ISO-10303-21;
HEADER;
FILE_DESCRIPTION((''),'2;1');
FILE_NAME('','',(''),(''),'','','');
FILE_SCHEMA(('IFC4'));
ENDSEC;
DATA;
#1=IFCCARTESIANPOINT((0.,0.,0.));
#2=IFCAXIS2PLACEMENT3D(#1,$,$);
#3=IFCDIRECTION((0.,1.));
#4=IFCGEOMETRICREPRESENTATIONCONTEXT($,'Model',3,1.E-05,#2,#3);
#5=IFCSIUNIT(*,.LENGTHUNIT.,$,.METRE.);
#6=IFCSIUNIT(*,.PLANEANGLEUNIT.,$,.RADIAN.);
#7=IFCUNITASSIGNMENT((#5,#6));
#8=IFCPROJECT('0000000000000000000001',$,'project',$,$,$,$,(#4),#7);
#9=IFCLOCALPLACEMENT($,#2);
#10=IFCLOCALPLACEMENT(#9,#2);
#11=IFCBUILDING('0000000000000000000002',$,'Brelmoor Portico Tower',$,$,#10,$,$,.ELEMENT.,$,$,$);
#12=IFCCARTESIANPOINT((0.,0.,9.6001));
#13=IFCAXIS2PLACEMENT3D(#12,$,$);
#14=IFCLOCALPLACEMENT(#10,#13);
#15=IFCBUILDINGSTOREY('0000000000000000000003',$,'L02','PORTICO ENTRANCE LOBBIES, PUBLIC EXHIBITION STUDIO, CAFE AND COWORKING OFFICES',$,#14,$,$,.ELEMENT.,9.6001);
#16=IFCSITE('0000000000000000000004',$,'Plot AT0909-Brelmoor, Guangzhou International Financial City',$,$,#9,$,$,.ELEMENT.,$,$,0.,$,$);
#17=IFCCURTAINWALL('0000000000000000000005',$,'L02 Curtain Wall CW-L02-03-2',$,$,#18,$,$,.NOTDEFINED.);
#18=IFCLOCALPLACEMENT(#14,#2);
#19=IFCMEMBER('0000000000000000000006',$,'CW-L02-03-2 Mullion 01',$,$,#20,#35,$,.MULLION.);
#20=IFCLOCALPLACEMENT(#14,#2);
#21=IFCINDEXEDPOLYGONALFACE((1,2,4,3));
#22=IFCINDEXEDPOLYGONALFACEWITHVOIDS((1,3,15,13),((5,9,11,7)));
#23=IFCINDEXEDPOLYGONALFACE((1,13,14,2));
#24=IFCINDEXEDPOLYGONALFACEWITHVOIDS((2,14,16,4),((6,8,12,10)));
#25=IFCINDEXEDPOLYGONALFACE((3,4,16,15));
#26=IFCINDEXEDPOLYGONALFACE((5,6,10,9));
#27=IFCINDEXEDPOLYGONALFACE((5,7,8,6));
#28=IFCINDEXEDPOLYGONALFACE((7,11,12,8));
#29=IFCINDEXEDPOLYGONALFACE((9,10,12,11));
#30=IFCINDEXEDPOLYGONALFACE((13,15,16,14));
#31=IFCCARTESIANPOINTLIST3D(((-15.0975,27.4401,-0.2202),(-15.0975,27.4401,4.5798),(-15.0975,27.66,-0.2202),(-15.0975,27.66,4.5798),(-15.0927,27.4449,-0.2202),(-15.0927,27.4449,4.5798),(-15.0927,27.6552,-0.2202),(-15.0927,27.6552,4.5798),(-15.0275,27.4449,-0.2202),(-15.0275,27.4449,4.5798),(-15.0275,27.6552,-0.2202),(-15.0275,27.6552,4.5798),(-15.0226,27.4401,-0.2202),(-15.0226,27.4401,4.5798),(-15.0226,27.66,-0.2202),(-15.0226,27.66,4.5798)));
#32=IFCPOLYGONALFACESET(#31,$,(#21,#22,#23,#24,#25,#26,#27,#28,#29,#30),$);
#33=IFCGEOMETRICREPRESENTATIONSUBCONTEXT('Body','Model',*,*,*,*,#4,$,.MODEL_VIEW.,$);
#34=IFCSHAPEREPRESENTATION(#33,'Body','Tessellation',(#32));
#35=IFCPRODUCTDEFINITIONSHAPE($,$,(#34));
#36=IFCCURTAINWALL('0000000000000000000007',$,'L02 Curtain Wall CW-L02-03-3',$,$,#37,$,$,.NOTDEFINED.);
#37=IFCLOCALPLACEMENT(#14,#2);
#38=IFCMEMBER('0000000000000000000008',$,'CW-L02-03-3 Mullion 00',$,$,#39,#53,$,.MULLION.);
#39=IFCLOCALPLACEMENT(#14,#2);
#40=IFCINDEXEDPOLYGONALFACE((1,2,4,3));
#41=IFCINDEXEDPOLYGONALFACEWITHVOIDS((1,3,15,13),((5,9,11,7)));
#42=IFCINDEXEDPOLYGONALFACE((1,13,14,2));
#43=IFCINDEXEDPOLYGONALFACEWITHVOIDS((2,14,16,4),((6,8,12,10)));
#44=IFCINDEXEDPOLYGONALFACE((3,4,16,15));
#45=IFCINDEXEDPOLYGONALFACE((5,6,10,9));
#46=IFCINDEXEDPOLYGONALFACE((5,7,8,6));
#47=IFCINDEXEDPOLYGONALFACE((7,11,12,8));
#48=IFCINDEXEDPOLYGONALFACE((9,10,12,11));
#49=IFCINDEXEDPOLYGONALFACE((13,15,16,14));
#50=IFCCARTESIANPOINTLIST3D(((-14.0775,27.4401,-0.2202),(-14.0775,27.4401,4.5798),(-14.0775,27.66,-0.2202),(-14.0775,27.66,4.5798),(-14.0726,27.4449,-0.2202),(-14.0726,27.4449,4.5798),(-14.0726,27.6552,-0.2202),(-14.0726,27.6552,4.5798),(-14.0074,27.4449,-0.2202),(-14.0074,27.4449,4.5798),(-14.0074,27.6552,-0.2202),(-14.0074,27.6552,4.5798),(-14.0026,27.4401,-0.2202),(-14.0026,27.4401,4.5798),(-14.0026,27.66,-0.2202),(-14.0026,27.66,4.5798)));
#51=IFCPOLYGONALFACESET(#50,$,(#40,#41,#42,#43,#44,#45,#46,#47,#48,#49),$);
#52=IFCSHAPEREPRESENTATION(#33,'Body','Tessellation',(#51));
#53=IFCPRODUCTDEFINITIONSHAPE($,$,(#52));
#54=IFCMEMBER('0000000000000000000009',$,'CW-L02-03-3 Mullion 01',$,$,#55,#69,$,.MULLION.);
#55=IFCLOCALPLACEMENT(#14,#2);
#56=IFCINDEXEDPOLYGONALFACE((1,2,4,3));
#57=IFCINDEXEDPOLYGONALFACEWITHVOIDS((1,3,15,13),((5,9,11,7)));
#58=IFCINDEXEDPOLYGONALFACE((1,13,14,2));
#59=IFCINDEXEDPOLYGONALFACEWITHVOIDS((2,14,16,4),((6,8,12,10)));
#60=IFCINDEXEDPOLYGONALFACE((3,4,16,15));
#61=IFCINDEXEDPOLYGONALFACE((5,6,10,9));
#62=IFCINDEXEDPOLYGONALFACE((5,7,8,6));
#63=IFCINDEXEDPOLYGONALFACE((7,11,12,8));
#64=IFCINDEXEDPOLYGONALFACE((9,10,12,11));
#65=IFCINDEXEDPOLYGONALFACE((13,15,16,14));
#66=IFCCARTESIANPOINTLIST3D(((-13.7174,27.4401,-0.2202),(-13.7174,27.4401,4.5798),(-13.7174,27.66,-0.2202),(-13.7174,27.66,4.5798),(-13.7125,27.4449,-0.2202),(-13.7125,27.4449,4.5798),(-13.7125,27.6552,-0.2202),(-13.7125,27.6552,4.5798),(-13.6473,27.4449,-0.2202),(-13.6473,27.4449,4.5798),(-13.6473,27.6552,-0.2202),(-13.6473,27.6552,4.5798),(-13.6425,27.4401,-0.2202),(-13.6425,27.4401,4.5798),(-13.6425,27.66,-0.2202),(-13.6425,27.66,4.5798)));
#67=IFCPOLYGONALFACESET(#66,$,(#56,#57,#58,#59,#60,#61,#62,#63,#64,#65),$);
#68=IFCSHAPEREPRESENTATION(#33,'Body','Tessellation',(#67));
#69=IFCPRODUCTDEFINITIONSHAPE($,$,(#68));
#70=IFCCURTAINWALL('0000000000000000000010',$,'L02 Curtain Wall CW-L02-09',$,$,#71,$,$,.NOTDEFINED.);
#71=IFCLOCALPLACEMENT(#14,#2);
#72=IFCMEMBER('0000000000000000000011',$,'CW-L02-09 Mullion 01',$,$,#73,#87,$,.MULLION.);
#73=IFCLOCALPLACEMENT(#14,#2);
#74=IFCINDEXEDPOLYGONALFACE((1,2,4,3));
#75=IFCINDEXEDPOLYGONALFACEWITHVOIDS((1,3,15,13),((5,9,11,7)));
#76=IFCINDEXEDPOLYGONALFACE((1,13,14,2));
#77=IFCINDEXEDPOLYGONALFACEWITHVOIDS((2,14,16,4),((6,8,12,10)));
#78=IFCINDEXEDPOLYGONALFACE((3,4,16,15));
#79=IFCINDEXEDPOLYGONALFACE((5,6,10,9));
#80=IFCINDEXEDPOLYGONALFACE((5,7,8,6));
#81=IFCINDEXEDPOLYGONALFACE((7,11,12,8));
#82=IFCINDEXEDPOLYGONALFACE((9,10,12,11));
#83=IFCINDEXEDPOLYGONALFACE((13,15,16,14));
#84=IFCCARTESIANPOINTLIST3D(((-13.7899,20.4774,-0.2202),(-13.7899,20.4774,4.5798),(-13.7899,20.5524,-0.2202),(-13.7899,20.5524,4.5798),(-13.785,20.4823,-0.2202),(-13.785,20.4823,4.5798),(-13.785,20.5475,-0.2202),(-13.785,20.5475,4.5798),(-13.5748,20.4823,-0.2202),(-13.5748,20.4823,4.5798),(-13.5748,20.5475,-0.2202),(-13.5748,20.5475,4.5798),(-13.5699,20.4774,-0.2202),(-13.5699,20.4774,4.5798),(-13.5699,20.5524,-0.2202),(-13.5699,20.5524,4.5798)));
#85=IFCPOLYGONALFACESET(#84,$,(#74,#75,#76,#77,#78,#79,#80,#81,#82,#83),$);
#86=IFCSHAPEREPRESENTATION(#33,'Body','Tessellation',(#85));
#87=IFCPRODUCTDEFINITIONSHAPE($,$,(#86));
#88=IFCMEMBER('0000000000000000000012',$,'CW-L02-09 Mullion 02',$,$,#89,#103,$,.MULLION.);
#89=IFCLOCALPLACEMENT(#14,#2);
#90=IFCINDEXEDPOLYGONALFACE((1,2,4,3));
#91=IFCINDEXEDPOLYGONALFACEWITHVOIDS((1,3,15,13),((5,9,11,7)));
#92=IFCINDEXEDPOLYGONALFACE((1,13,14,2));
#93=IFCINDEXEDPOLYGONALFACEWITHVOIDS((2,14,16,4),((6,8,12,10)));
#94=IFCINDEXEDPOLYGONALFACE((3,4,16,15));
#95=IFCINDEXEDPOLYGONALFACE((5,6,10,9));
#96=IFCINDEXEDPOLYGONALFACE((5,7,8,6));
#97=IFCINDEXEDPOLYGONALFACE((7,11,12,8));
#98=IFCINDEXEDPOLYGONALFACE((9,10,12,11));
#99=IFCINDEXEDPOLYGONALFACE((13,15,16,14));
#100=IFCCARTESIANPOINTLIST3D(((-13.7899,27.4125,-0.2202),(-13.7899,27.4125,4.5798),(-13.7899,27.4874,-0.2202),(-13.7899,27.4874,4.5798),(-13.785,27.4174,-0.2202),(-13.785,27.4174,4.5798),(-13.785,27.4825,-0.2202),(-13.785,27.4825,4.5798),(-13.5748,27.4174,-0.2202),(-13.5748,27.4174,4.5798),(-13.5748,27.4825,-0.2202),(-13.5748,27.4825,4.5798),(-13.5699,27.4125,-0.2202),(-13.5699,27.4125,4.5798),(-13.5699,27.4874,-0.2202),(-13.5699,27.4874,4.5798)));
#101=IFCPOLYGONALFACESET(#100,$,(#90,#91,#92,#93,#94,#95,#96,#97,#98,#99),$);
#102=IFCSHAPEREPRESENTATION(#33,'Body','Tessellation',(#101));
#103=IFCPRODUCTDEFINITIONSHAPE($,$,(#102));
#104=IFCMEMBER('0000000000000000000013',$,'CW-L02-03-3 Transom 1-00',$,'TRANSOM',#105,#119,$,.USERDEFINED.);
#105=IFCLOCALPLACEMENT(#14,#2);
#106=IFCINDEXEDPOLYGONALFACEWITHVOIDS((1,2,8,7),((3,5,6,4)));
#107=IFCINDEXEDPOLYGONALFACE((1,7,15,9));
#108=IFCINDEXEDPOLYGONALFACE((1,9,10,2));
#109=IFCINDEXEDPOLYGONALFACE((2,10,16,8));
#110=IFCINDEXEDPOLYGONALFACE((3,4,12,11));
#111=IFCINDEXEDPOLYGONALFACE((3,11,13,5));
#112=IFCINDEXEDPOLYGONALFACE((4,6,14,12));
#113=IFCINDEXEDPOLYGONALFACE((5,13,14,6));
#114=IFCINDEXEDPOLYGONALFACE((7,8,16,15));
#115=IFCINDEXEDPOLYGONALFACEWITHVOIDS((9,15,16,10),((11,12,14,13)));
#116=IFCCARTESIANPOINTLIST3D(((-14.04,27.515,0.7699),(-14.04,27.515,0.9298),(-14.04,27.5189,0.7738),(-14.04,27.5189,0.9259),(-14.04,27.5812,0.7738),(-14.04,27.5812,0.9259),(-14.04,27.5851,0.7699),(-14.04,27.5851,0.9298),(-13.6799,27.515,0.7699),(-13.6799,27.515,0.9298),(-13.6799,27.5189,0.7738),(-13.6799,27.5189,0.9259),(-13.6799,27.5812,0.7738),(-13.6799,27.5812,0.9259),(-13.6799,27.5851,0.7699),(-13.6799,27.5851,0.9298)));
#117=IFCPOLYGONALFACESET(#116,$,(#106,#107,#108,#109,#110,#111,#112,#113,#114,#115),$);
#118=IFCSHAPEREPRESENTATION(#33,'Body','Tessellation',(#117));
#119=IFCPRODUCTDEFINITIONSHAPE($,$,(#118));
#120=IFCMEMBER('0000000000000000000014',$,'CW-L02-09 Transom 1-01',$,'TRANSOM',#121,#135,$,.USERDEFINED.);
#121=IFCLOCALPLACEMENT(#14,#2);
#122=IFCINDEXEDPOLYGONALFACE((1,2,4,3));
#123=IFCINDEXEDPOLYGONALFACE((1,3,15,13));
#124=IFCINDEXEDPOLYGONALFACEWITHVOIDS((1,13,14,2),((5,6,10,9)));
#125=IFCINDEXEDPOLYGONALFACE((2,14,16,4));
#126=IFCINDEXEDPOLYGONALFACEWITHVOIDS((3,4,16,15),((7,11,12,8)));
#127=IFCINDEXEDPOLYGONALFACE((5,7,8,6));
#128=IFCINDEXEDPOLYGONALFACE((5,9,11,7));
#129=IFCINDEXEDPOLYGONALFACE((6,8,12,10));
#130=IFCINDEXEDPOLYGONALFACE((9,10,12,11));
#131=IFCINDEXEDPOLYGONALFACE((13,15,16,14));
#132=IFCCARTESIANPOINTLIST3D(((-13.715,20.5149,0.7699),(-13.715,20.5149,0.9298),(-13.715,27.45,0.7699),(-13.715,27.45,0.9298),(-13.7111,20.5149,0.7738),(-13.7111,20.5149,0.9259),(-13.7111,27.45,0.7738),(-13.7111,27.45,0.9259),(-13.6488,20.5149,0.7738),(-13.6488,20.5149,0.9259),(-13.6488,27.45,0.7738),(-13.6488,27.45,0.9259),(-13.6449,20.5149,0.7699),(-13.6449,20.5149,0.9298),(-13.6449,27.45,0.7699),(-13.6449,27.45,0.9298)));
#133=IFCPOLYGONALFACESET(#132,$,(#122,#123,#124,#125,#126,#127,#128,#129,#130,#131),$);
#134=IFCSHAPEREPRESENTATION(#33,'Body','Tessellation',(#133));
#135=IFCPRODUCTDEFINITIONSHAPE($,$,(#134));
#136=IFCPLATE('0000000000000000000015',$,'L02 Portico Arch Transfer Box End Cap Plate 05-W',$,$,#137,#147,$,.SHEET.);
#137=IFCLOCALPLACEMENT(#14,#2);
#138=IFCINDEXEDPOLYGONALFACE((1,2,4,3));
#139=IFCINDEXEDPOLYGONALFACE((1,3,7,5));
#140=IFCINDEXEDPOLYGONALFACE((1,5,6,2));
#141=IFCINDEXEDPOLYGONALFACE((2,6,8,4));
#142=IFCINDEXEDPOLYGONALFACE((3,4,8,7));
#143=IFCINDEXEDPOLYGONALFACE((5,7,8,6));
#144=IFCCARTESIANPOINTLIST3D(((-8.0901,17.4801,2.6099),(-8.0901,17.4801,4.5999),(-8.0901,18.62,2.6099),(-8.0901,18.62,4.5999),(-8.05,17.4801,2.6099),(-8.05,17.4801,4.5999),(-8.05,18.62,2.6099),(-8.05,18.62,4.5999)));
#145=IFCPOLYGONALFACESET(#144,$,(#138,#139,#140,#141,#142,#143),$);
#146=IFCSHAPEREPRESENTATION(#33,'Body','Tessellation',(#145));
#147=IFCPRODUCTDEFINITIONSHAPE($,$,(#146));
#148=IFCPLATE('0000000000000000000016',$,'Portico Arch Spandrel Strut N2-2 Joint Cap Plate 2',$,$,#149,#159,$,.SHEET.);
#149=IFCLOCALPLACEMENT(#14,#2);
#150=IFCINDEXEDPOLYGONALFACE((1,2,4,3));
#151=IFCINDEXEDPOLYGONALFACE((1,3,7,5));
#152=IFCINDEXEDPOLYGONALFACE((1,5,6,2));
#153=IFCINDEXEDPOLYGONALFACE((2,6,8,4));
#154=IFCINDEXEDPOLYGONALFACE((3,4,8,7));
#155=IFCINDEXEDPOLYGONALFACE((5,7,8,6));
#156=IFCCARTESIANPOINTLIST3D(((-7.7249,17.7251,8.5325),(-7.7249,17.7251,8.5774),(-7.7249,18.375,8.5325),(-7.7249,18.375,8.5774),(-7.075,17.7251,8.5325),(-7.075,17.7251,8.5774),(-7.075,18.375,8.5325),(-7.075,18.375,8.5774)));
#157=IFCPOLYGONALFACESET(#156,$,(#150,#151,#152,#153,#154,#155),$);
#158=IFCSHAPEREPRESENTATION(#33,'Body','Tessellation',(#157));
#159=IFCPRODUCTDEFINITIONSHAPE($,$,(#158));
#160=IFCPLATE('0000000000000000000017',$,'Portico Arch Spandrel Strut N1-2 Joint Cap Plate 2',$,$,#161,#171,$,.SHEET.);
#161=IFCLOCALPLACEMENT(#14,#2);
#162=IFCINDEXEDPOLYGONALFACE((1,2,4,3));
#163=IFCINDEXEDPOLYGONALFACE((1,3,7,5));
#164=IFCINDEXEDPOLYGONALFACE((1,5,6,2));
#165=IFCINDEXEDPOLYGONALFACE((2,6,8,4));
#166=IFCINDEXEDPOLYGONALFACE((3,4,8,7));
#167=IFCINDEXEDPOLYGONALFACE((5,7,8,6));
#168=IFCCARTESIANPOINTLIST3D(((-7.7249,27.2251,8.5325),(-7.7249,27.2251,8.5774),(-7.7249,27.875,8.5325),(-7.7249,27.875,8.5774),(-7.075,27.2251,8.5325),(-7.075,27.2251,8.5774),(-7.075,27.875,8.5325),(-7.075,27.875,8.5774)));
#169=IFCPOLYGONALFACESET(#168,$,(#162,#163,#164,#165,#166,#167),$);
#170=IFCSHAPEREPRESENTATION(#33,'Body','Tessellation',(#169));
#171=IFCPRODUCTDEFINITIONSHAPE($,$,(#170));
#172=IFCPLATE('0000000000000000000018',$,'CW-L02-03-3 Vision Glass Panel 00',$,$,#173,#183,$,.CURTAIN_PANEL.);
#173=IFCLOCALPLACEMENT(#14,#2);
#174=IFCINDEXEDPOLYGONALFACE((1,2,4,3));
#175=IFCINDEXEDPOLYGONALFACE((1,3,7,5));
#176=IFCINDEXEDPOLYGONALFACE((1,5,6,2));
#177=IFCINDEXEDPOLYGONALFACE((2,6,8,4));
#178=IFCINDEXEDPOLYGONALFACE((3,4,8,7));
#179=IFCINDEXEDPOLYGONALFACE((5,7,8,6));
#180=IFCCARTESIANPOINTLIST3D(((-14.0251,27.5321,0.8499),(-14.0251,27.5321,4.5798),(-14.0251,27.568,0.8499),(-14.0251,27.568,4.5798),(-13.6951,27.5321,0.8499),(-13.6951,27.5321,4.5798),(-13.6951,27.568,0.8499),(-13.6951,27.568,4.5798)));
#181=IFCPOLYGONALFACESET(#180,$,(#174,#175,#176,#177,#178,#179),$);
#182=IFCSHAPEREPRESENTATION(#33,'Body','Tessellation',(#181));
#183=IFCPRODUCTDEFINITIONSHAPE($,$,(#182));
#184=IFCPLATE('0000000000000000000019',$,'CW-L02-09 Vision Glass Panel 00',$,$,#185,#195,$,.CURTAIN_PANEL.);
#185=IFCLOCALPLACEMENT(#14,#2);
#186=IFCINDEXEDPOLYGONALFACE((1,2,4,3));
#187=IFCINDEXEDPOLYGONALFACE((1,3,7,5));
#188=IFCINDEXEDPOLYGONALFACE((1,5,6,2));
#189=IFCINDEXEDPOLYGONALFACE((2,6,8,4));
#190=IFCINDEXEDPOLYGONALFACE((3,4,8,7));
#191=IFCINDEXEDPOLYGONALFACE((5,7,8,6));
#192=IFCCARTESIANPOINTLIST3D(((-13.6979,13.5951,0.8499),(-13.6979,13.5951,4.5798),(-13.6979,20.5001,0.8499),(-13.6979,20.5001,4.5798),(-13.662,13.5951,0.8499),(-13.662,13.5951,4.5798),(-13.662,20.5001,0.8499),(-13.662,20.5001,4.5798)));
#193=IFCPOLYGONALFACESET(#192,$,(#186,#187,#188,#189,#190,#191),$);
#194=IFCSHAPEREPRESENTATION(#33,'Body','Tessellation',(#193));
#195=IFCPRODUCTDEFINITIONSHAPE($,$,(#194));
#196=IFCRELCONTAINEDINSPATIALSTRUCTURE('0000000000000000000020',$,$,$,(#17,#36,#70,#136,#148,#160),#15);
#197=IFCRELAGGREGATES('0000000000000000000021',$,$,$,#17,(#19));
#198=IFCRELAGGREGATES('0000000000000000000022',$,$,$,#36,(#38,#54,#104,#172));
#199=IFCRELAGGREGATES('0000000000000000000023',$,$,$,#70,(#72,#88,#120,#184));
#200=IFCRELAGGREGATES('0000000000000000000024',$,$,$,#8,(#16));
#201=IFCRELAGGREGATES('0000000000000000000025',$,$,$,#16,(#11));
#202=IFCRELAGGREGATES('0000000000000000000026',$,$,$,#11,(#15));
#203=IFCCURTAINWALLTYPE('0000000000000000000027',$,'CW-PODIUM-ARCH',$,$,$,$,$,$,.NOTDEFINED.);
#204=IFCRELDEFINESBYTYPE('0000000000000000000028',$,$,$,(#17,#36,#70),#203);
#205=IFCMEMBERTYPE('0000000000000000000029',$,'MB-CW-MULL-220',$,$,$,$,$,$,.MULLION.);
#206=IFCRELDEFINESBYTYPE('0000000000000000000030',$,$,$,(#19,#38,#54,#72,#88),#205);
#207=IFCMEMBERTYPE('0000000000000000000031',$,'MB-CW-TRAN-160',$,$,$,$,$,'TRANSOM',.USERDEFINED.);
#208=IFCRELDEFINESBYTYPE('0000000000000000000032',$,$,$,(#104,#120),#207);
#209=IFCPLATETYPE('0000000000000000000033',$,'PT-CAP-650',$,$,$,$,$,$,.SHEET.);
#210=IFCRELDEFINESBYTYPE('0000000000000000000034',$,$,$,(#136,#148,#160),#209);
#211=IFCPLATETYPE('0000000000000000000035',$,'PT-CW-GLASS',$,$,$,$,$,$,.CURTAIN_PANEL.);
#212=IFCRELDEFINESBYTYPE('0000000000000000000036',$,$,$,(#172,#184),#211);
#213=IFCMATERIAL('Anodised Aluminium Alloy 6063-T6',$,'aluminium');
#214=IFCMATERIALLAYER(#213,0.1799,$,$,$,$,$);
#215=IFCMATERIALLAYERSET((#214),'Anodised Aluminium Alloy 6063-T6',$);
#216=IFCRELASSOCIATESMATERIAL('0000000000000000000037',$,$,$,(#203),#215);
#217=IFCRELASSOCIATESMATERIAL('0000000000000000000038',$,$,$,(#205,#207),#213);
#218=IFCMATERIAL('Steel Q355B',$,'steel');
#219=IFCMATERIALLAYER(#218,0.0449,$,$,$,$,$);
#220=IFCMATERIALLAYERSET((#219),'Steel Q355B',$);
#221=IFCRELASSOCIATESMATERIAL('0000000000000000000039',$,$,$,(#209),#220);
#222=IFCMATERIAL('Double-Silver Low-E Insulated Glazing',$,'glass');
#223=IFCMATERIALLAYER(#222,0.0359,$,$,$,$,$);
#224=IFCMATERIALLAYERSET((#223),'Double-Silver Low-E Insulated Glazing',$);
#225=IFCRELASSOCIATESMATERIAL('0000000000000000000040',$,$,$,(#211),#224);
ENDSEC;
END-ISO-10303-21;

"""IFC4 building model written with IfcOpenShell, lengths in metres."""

from ifc_helpers import new_model, si_unit, direction, frame, origin, origin_2d, place, context, subcontext, project, spatial, rectangle, hollow_rectangle, extrude, material, layer, layer_set, material_profile, profile_set, type_object, element, aggregate, save


model = new_model("IFC4")

# Units and contexts
model_context = context("Model", 3, precision=1e-05, world=origin(), true_north=direction((0.0, 1.0)))
body_context = subcontext(model_context, "Body", "Model", "MODEL_VIEW")
ifc_project = project(units=[si_unit("LENGTHUNIT", "METRE"), si_unit("PLANEANGLEUNIT", "RADIAN")], contexts=[model_context])

# Site, building, storey
site_placement = place(None, origin())
site = spatial("IfcSite", under=ifc_project, at=site_placement, Name="Plot AT0909-Brelmoor, Guangzhou International Financial City", CompositionType="ELEMENT", RefElevation=0.0)
building_placement = place(site_placement, origin())
building = spatial("IfcBuilding", under=site, at=building_placement, Name="Brelmoor Portico Tower", CompositionType="ELEMENT")
storey_placement = place(building_placement, frame((0.0, 0.0, 9.6001)))
storey = spatial("IfcBuildingStorey", under=building, at=storey_placement, Name="L02", Description="PORTICO ENTRANCE LOBBIES, PUBLIC EXHIBITION STUDIO, CAFE AND COWORKING OFFICES", CompositionType="ELEMENT", Elevation=9.6001)

# Shared definitions
ifc_material_1 = material(Name="Steel Q355B", Category="steel")

# Curtain wall, member
ifc_material_2 = material(Name="Anodised Aluminium Alloy 6063-T6", Category="aluminium")
ifc_layer_1 = layer(ifc_material_2, 0.1799)
ifc_layer_set_1 = layer_set([ifc_layer_1], Name="Anodised Aluminium Alloy 6063-T6")
curtain_wall_type = type_object("IfcCurtainWallType", Name="CW-PODIUM-ARCH", PredefinedType="NOTDEFINED", material=ifc_layer_set_1)
curtain_wall_1_placement = place(storey_placement, origin())
curtain_wall_1 = element("IfcCurtainWall", 1, at=curtain_wall_1_placement, inside=storey, type_object=curtain_wall_type, Name="L02 Curtain Wall CW-L02-03-2", PredefinedType="NOTDEFINED")
ifc_material_profile_1 = material_profile(ifc_material_2, hollow_rectangle(XDim=0.075, YDim=0.22, WallThickness=0.0049, at=origin_2d()), Name="ALU MULLION 75x220")
ifc_profile_set_1 = profile_set([ifc_material_profile_1], Name="Anodised Aluminium Alloy 6063-T6")
member_type_1 = type_object("IfcMemberType", Name="MB-CW-MULL-220", PredefinedType="MULLION", material=ifc_profile_set_1)
member_1_placement = place(storey_placement, frame((-15.0601, 27.55, -0.2202), z_axis=(0.0, 0.0, 1.0), x_axis=(1.0, 0.0, 0.0)))
member_1 = element("IfcMember", 2, at=member_1_placement, type_object=member_type_1, Name="CW-L02-03-2 Mullion 01", PredefinedType="MULLION", context=body_context, shape_type="SweptSolid", body=[
    extrude(hollow_rectangle(XDim=0.075, YDim=0.22, WallThickness=0.0049, at=origin_2d()), origin(), (0.0, 0.0, 1.0), 4.8),
])
aggregate(curtain_wall_1, [member_1])

# Curtain walls, members
curtain_wall_2_placement = place(storey_placement, origin())
curtain_wall_2 = element("IfcCurtainWall", 3, at=curtain_wall_2_placement, inside=storey, type_object=curtain_wall_type, Name="L02 Curtain Wall CW-L02-03-3", PredefinedType="NOTDEFINED")
member_2_placement = place(storey_placement, frame((-14.04, 27.55, -0.2202), z_axis=(0.0, 0.0, 1.0), x_axis=(1.0, 0.0, 0.0)))
member_2 = element("IfcMember", 4, at=member_2_placement, type_object=member_type_1, Name="CW-L02-03-3 Mullion 00", PredefinedType="MULLION", context=body_context, shape_type="SweptSolid", body=[
    extrude(hollow_rectangle(XDim=0.075, YDim=0.22, WallThickness=0.0049, at=origin_2d()), origin(), (0.0, 0.0, 1.0), 4.8),
])
member_3_placement = place(storey_placement, frame((-13.6799, 27.55, -0.2202), z_axis=(0.0, 0.0, 1.0), x_axis=(1.0, 0.0, 0.0)))
member_3 = element("IfcMember", 5, at=member_3_placement, type_object=member_type_1, Name="CW-L02-03-3 Mullion 01", PredefinedType="MULLION", context=body_context, shape_type="SweptSolid", body=[
    extrude(hollow_rectangle(XDim=0.075, YDim=0.22, WallThickness=0.0049, at=origin_2d()), origin(), (0.0, 0.0, 1.0), 4.8),
])
curtain_wall_3_placement = place(storey_placement, origin())
curtain_wall_3 = element("IfcCurtainWall", 6, at=curtain_wall_3_placement, inside=storey, type_object=curtain_wall_type, Name="L02 Curtain Wall CW-L02-09", PredefinedType="NOTDEFINED")
member_4_placement = place(storey_placement, frame((-13.6799, 20.5149, -0.2202), z_axis=(0.0, 0.0, 1.0), x_axis=(0.0, 1.0, 0.0)))
member_4 = element("IfcMember", 7, at=member_4_placement, type_object=member_type_1, Name="CW-L02-09 Mullion 01", PredefinedType="MULLION", context=body_context, shape_type="SweptSolid", body=[
    extrude(hollow_rectangle(XDim=0.075, YDim=0.22, WallThickness=0.0049, at=origin_2d()), origin(), (0.0, 0.0, 1.0), 4.8),
])
member_5_placement = place(storey_placement, frame((-13.6799, 27.45, -0.2202), z_axis=(0.0, 0.0, 1.0), x_axis=(0.0, 1.0, 0.0)))
member_5 = element("IfcMember", 8, at=member_5_placement, type_object=member_type_1, Name="CW-L02-09 Mullion 02", PredefinedType="MULLION", context=body_context, shape_type="SweptSolid", body=[
    extrude(hollow_rectangle(XDim=0.075, YDim=0.22, WallThickness=0.0049, at=origin_2d()), origin(), (0.0, 0.0, 1.0), 4.8),
])

# Members
ifc_material_profile_2 = material_profile(ifc_material_2, hollow_rectangle(XDim=0.0701, YDim=0.1599, WallThickness=0.0039, at=origin_2d()), Name="ALU TRANSOM 70x160")
ifc_profile_set_2 = profile_set([ifc_material_profile_2], Name="Anodised Aluminium Alloy 6063-T6")
member_type_2 = type_object("IfcMemberType", Name="MB-CW-TRAN-160", ElementType="TRANSOM", PredefinedType="USERDEFINED", material=ifc_profile_set_2)
member_6_placement = place(storey_placement, frame((-14.04, 27.55, 0.8499), z_axis=(1.0, 0.0, 0.0), x_axis=(0.0, 1.0, 0.0)))
member_6 = element("IfcMember", 9, at=member_6_placement, type_object=member_type_2, Name="CW-L02-03-3 Transom 1-00", ObjectType="TRANSOM", PredefinedType="USERDEFINED", context=body_context, shape_type="SweptSolid", body=[
    extrude(hollow_rectangle(XDim=0.0701, YDim=0.1599, WallThickness=0.0039, at=origin_2d()), origin(), (0.0, 0.0, 1.0), 0.3601),
])
member_7_placement = place(storey_placement, frame((-13.6799, 20.5149, 0.8499), z_axis=(0.0, 1.0, 0.0), x_axis=(-1.0, 0.0, 0.0)))
member_7 = element("IfcMember", 10, at=member_7_placement, type_object=member_type_2, Name="CW-L02-09 Transom 1-01", ObjectType="TRANSOM", PredefinedType="USERDEFINED", context=body_context, shape_type="SweptSolid", body=[
    extrude(hollow_rectangle(XDim=0.0701, YDim=0.1599, WallThickness=0.0039, at=origin_2d()), origin(), (0.0, 0.0, 1.0), 6.9351),
])

# Plates
ifc_layer_2 = layer(ifc_material_1, 0.0449)
ifc_layer_set_2 = layer_set([ifc_layer_2], Name="Steel Q355B")
plate_type_1 = type_object("IfcPlateType", Name="PT-CAP-650", PredefinedType="SHEET", material=ifc_layer_set_2)
plate_1_placement = place(storey_placement, frame((-8.0701, 18.05, 2.6099), z_axis=(0.0, 0.0, 1.0), x_axis=(1.0, 0.0, 0.0)))
element("IfcPlate", 11, at=plate_1_placement, inside=storey, type_object=plate_type_1, Name="L02 Portico Arch Transfer Box End Cap Plate 05-W", PredefinedType="SHEET", context=body_context, shape_type="SweptSolid", body=[
    extrude(rectangle(XDim=0.04, YDim=1.1399, at=origin_2d()), origin(), (0.0, 0.0, 1.0), 1.99),
])
for number, where, z_axis, x_axis, name in (
    (12, (-7.3999, 18.05, 8.5325), (0.0, 0.0, 1.0), (1.0, 0.0, 0.0), "Portico Arch Spandrel Strut N2-2 Joint Cap Plate 2"),
    (13, (-7.3999, 27.55, 8.5325), (0.0, 0.0, 1.0), (1.0, 0.0, 0.0), "Portico Arch Spandrel Strut N1-2 Joint Cap Plate 2"),
):
    element("IfcPlate", number, at=place(storey_placement, frame(where, z_axis=z_axis, x_axis=x_axis)), inside=storey, type_object=plate_type_1, Name=name, PredefinedType="SHEET", context=body_context, shape_type="SweptSolid", body=[
        extrude(rectangle(XDim=0.6499, YDim=0.6499, at=origin_2d()), origin(), (0.0, 0.0, 1.0), 0.0449),
    ])

# Plates
ifc_material_3 = material(Name="Double-Silver Low-E Insulated Glazing", Category="glass")
ifc_layer_3 = layer(ifc_material_3, 0.0359)
ifc_layer_set_3 = layer_set([ifc_layer_3], Name="Double-Silver Low-E Insulated Glazing")
plate_type_2 = type_object("IfcPlateType", Name="PT-CW-GLASS", PredefinedType="CURTAIN_PANEL", material=ifc_layer_set_3)
plate_2_placement = place(storey_placement, frame((-13.8601, 27.55, 0.8499), z_axis=(0.0, 0.0, 1.0), x_axis=(1.0, 0.0, 0.0)))
plate_2 = element("IfcPlate", 14, at=plate_2_placement, type_object=plate_type_2, Name="CW-L02-03-3 Vision Glass Panel 00", PredefinedType="CURTAIN_PANEL", context=body_context, shape_type="SweptSolid", body=[
    extrude(rectangle(XDim=0.3301, YDim=0.0359, at=origin_2d()), origin(), (0.0, 0.0, 1.0), 3.73),
])
plate_3_placement = place(storey_placement, frame((-13.6799, 17.0476, 0.8499), z_axis=(0.0, 0.0, 1.0), x_axis=(0.0, 1.0, 0.0)))
plate_3 = element("IfcPlate", 15, at=plate_3_placement, type_object=plate_type_2, Name="CW-L02-09 Vision Glass Panel 00", PredefinedType="CURTAIN_PANEL", context=body_context, shape_type="SweptSolid", body=[
    extrude(rectangle(XDim=6.905, YDim=0.0359, at=origin_2d()), origin(), (0.0, 0.0, 1.0), 3.73),
])
aggregate(curtain_wall_2, [member_2, member_3, member_6, plate_2])
aggregate(curtain_wall_3, [member_4, member_5, member_7, plate_3])

save(model, "model.ifc")
